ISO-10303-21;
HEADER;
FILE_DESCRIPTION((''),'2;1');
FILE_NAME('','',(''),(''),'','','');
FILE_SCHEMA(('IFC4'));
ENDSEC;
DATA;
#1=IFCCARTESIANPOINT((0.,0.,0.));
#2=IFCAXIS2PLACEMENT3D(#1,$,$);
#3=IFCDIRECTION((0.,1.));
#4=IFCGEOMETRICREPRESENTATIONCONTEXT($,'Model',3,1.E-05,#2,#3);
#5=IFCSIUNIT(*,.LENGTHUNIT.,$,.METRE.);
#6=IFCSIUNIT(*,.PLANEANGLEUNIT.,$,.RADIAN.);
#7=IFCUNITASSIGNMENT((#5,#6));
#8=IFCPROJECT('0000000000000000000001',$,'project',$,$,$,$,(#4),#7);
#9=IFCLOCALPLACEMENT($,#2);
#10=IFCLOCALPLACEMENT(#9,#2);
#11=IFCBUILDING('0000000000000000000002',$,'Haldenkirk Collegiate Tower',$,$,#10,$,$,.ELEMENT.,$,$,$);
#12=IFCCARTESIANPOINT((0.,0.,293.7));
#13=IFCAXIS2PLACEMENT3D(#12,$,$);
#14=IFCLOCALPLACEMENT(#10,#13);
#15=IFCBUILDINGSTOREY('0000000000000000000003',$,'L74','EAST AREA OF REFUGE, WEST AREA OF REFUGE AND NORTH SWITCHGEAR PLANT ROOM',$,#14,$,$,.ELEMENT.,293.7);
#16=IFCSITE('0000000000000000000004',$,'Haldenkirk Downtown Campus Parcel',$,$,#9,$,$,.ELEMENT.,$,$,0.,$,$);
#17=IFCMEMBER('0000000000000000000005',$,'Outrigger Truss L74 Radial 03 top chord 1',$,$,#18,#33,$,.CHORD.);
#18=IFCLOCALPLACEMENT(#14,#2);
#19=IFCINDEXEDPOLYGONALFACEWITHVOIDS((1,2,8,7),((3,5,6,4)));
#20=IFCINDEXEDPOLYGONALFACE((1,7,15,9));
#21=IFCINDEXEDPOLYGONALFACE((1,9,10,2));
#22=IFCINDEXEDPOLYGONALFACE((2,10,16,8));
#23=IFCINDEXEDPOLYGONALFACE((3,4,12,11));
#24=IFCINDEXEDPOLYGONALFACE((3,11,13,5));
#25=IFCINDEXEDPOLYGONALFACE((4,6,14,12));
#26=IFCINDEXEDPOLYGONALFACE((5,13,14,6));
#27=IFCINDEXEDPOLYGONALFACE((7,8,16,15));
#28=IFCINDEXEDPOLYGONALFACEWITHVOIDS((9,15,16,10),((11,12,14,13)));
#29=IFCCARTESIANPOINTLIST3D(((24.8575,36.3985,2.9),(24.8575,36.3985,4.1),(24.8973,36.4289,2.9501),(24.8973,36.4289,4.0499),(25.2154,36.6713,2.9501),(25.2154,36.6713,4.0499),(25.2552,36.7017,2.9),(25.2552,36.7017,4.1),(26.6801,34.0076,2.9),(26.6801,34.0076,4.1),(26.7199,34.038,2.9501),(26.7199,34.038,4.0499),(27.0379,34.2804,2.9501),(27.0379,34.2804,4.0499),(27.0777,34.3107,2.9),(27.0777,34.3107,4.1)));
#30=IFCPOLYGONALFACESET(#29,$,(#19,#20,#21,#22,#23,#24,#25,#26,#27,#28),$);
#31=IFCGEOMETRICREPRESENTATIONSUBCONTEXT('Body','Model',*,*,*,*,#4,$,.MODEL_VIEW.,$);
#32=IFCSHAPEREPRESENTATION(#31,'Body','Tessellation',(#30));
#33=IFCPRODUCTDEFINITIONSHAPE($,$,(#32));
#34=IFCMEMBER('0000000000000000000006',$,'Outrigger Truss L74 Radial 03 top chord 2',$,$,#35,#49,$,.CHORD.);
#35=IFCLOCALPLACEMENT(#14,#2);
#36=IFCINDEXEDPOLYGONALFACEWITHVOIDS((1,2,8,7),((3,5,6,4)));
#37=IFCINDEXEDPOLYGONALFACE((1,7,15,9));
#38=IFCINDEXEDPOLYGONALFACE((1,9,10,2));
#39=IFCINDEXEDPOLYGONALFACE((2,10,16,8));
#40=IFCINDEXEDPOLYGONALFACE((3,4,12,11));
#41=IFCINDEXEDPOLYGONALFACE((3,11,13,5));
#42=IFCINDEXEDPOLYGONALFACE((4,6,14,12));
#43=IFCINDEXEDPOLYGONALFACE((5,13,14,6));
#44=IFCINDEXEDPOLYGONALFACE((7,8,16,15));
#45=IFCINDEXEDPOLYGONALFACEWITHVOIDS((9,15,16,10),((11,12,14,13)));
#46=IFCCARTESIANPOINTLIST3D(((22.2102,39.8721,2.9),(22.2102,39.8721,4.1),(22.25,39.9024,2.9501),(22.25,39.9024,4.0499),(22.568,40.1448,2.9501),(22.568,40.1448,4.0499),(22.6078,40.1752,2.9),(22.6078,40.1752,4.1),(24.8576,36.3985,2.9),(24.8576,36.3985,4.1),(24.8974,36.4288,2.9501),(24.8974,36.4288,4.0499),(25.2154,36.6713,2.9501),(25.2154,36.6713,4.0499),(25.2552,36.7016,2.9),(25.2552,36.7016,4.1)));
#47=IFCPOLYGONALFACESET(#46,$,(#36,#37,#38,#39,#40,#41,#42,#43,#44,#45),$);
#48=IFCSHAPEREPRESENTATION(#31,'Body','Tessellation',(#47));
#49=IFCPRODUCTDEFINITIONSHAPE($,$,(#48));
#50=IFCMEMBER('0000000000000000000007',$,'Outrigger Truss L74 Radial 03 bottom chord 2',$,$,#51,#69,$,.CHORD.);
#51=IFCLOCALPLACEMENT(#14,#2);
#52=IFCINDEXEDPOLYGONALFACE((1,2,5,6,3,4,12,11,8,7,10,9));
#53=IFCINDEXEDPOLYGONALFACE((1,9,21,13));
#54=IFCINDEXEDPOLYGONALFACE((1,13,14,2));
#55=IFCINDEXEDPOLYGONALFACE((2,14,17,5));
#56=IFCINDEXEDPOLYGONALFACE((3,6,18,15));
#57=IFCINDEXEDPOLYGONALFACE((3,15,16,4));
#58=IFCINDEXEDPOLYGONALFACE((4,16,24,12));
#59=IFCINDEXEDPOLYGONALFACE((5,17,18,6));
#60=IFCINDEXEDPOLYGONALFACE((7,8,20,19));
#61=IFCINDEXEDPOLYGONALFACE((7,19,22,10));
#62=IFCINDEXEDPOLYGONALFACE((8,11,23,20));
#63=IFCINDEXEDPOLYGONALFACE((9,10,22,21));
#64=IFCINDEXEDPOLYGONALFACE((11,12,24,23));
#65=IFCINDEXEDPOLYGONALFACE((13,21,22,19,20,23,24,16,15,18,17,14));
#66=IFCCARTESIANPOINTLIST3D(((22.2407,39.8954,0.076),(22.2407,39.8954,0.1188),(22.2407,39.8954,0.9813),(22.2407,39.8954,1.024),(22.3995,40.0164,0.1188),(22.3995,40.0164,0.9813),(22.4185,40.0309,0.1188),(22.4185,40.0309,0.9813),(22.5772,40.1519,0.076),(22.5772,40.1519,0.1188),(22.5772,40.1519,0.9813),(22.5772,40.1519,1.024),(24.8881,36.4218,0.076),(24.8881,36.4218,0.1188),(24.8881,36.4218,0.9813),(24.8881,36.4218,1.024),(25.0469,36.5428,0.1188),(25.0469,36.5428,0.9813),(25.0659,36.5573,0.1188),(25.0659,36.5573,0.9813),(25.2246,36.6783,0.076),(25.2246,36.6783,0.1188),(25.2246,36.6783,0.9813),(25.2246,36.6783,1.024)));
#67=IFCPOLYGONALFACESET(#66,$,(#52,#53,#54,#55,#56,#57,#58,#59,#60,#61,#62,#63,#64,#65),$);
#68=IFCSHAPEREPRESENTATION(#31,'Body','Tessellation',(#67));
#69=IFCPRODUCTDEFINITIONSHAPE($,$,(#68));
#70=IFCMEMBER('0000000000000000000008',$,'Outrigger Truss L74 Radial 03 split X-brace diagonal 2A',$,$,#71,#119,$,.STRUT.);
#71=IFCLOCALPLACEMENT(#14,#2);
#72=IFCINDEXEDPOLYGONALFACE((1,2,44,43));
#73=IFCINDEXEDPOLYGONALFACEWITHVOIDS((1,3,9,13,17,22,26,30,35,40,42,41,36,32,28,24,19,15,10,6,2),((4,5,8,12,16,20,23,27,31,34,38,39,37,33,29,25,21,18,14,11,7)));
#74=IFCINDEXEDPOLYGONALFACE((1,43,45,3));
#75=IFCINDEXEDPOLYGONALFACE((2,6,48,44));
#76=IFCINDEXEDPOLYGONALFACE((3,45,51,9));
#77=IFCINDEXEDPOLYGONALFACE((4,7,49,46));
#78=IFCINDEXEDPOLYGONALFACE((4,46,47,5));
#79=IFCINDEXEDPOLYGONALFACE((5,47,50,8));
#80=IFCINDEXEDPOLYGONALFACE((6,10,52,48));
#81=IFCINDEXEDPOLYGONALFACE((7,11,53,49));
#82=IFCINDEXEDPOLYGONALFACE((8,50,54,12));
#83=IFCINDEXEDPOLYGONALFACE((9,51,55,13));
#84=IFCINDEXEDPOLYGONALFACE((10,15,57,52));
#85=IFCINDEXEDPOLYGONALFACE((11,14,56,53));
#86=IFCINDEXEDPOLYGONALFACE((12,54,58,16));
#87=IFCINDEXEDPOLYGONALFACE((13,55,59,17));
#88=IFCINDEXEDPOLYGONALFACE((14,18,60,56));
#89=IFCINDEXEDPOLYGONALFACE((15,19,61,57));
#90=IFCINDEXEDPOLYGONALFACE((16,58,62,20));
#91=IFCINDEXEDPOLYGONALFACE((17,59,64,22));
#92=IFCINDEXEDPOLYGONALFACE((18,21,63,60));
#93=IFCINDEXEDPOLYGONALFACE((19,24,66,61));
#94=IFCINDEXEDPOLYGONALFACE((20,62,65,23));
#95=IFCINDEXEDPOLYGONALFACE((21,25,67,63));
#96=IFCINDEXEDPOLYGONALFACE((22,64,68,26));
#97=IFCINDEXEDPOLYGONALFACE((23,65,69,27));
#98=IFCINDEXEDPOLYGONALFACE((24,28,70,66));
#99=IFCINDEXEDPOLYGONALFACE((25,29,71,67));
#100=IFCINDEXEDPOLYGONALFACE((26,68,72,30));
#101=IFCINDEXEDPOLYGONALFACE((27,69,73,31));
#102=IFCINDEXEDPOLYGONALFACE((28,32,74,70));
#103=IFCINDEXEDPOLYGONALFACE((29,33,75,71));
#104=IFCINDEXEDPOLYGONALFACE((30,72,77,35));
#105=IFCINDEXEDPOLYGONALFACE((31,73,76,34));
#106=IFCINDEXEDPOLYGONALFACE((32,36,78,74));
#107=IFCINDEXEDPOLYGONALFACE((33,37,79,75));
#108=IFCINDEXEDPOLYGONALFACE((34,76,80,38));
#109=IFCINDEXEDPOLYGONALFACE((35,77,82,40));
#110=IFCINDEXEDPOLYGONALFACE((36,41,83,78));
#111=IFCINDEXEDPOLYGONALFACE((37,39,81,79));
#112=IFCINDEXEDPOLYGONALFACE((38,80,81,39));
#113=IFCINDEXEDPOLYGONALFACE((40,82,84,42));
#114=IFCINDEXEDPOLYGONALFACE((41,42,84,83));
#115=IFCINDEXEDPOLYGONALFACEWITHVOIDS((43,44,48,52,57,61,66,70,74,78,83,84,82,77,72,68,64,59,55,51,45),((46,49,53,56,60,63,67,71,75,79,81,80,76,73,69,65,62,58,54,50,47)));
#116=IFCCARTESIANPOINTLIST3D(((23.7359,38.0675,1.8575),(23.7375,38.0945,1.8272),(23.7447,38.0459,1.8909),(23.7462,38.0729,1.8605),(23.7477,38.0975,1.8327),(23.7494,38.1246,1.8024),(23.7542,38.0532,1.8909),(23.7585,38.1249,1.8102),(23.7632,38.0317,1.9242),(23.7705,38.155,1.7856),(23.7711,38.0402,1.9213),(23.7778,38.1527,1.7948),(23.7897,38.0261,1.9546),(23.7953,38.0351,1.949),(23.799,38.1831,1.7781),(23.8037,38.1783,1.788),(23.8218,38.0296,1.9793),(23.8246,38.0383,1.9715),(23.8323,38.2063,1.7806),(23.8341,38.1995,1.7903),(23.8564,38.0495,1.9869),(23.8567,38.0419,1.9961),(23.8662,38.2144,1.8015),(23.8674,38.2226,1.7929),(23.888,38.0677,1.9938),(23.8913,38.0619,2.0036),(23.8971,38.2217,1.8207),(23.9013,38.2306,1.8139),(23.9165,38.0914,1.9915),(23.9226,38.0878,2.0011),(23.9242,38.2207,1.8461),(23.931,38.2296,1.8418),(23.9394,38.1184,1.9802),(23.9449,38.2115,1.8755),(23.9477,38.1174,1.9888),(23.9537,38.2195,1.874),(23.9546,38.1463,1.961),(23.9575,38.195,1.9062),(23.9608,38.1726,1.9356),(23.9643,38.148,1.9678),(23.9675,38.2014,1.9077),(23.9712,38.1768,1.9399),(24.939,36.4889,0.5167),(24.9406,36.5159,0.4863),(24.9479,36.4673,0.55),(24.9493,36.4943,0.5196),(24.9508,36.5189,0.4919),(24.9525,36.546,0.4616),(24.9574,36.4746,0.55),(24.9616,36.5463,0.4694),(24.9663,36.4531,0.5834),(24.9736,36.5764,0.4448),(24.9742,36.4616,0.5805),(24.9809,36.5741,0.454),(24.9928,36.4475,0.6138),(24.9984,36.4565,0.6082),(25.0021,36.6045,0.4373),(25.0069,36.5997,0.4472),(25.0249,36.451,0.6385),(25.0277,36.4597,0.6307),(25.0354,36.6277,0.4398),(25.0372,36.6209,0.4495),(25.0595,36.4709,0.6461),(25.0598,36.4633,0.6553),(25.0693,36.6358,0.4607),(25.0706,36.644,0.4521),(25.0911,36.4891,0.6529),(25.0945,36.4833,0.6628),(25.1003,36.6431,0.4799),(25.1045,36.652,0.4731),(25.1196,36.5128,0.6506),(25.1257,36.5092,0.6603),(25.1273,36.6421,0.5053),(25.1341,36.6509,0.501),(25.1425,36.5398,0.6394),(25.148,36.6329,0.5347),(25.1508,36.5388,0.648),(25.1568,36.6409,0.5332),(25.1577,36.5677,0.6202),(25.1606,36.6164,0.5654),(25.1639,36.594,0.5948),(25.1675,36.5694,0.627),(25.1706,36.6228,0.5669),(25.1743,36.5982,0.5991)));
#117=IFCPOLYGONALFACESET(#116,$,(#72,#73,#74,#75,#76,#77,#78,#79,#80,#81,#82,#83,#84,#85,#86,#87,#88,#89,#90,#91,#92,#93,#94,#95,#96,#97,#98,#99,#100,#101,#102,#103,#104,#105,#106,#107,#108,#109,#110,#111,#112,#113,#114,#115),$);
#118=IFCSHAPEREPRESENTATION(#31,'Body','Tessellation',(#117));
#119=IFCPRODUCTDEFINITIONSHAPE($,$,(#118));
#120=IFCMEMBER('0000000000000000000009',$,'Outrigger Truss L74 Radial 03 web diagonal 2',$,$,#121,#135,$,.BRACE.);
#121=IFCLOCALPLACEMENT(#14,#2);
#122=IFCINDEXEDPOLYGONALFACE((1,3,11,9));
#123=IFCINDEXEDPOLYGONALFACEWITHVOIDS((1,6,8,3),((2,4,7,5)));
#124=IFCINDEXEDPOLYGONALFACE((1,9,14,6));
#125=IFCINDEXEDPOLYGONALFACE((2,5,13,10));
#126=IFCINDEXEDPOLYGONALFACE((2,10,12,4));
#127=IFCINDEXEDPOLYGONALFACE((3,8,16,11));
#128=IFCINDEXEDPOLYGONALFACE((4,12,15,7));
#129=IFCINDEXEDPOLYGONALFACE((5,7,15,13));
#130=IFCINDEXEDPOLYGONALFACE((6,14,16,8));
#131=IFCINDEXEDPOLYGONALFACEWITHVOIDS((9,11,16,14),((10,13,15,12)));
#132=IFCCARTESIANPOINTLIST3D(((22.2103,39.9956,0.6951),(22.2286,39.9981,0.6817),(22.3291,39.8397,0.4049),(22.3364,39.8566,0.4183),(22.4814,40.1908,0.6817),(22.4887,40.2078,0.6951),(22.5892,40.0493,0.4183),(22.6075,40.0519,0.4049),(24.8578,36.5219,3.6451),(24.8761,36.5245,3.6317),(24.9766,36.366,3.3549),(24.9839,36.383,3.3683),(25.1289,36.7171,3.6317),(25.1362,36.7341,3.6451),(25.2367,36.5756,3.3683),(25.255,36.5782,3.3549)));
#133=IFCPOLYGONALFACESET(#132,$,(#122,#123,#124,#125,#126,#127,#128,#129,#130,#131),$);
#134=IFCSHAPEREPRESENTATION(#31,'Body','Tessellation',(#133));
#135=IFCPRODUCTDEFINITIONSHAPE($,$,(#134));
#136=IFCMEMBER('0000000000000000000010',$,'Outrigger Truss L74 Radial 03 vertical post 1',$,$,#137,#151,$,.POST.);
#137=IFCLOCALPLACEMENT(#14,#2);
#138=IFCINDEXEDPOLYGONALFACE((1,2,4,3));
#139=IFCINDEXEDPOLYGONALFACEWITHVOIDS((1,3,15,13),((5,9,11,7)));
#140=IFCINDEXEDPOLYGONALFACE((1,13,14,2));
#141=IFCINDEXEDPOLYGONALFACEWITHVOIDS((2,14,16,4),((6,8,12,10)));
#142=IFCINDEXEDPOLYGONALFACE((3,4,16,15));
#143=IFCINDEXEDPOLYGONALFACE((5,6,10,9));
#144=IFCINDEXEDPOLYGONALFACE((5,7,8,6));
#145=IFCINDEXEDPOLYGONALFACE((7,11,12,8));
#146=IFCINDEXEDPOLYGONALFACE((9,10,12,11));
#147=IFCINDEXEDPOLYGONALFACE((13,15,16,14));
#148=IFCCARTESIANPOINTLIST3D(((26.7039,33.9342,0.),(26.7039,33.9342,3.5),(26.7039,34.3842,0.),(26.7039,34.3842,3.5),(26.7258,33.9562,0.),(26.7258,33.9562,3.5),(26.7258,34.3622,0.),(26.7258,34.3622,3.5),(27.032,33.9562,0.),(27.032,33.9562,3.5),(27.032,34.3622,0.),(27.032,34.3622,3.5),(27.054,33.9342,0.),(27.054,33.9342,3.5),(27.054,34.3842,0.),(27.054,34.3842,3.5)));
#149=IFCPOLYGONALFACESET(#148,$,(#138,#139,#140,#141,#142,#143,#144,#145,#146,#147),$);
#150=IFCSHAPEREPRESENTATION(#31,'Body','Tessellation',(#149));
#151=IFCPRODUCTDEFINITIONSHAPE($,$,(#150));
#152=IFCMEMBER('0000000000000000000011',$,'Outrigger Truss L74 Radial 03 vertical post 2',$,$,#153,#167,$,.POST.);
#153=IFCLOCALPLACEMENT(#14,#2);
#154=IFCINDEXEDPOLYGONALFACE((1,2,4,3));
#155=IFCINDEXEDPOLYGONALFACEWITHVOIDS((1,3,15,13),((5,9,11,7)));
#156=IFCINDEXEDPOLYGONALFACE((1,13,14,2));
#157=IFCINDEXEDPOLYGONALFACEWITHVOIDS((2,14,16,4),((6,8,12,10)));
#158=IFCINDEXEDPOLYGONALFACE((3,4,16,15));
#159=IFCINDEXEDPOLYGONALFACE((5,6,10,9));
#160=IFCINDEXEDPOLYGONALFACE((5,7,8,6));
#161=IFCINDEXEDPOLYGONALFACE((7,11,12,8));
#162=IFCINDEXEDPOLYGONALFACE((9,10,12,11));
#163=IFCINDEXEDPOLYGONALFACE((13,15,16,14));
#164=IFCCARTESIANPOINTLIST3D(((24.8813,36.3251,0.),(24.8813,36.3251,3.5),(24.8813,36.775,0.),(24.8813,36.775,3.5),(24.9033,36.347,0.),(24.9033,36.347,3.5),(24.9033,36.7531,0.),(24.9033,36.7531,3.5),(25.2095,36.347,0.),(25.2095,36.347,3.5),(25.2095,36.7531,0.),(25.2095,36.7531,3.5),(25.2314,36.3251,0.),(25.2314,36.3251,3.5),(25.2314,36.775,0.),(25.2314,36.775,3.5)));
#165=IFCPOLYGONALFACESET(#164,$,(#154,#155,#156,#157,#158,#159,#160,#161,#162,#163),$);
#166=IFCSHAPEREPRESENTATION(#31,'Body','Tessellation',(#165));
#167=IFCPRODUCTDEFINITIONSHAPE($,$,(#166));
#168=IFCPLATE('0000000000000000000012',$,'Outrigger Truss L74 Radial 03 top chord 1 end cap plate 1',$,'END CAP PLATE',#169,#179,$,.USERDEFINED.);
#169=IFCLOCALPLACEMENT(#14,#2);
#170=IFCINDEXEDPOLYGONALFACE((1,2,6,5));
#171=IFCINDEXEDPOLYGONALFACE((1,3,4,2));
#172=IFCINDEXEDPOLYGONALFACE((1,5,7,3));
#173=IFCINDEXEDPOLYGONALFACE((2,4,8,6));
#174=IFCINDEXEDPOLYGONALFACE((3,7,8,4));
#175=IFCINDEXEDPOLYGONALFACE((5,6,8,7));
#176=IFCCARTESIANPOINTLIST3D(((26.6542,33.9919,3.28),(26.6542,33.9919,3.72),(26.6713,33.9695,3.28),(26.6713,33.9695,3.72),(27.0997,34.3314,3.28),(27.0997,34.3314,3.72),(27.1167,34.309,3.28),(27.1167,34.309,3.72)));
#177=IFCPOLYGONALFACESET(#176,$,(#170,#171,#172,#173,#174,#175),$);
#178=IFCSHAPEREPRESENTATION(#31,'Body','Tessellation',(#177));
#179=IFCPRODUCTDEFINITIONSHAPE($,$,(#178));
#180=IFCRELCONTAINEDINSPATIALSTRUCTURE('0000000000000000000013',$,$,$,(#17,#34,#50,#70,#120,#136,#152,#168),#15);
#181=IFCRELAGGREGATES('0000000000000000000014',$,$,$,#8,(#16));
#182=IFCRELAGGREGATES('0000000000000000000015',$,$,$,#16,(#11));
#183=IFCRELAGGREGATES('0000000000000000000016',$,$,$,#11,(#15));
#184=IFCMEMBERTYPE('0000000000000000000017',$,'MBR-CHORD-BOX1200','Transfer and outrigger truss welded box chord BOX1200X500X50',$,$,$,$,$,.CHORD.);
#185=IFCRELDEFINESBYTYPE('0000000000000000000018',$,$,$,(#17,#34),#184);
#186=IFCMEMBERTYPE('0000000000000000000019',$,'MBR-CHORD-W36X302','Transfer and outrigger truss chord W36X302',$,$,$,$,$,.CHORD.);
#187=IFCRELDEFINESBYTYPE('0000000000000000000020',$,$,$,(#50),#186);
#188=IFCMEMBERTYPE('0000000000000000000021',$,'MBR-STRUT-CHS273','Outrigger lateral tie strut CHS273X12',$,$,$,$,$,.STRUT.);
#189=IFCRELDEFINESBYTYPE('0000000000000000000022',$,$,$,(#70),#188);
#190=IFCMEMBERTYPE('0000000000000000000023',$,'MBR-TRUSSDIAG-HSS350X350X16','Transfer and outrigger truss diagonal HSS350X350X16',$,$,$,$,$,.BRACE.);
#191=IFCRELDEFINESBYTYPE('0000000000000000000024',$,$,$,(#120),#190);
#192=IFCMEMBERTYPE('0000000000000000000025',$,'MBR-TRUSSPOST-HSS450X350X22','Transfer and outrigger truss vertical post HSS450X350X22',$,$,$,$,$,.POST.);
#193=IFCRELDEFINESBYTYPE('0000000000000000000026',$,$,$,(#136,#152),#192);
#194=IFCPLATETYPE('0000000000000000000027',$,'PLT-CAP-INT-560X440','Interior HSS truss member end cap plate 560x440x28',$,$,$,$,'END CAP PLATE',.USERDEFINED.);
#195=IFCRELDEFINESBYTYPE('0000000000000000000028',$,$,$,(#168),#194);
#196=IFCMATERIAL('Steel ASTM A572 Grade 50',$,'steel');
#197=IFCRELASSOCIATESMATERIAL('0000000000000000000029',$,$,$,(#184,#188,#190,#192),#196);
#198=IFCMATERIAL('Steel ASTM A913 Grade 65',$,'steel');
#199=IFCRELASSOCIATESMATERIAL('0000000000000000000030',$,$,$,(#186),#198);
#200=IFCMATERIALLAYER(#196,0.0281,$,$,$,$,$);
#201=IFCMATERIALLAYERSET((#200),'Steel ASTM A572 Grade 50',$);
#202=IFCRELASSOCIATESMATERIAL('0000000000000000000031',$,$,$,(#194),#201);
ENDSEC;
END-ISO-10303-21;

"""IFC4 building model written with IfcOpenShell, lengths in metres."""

from ifc_helpers import new_model, si_unit, direction, frame, origin, origin_2d, place, context, subcontext, project, spatial, rectangle, hollow_rectangle, hollow_circle, i_section, extrude, source, transform, mapped, material, layer, layer_set, material_profile, profile_set, type_object, element, save


model = new_model("IFC4")

# Units and contexts
model_context = context("Model", 3, precision=1e-05, world=origin(), true_north=direction((0.0, 1.0)))
body_context = subcontext(model_context, "Body", "Model", "MODEL_VIEW")
ifc_project = project(units=[si_unit("LENGTHUNIT", "METRE"), si_unit("PLANEANGLEUNIT", "RADIAN")], contexts=[model_context])

# Site, building, storey
site_placement = place(None, origin())
site = spatial("IfcSite", under=ifc_project, at=site_placement, Name="Haldenkirk Downtown Campus Parcel", CompositionType="ELEMENT", RefElevation=0.0)
building_placement = place(site_placement, origin())
building = spatial("IfcBuilding", under=site, at=building_placement, Name="Haldenkirk Collegiate Tower", CompositionType="ELEMENT")
storey_placement = place(building_placement, frame((0.0, 0.0, 293.7)))
storey = spatial("IfcBuildingStorey", under=building, at=storey_placement, Name="L74", Description="EAST AREA OF REFUGE, WEST AREA OF REFUGE AND NORTH SWITCHGEAR PLANT ROOM", CompositionType="ELEMENT", Elevation=293.7)

# Members
ifc_material_1 = material(Name="Steel ASTM A572 Grade 50", Category="steel")
ifc_material_profile_1 = material_profile(ifc_material_1, hollow_rectangle(XDim=0.5, YDim=1.2, WallThickness=0.05, at=origin_2d()), Name="BOX1200X500X50")
ifc_profile_set_1 = profile_set([ifc_material_profile_1], Name="Steel ASTM A572 Grade 50")
member_type_1 = type_object("IfcMemberType", Name="MBR-CHORD-BOX1200", Description="Transfer and outrigger truss welded box chord BOX1200X500X50", PredefinedType="CHORD", material=ifc_profile_set_1)
member_1_placement = place(storey_placement, frame((26.8789, 34.1592, 3.5), z_axis=(-0.606232, 0.795288, 0.0), x_axis=(-0.795288, -0.606232, 0.0)))
element("IfcMember", 1, at=member_1_placement, inside=storey, type_object=member_type_1, Name="Outrigger Truss L74 Radial 03 top chord 1", PredefinedType="CHORD", context=body_context, shape_type="SweptSolid", body=[
    extrude(hollow_rectangle(XDim=0.5, YDim=1.2, WallThickness=0.05, at=origin_2d()), origin(), (0.0, 0.0, 1.0), 3.0063),
])
member_2_placement = place(storey_placement, frame((25.0564, 36.55, 3.5), z_axis=(-0.606171, 0.795334, 0.0), x_axis=(-0.795334, -0.606171, 0.0)))
element("IfcMember", 2, at=member_2_placement, inside=storey, type_object=member_type_1, Name="Outrigger Truss L74 Radial 03 top chord 2", PredefinedType="CHORD", context=body_context, shape_type="SweptSolid", body=[
    extrude(hollow_rectangle(XDim=0.5, YDim=1.2, WallThickness=0.05, at=origin_2d()), origin(), (0.0, 0.0, 1.0), 4.3674),
])
ifc_material_2 = material(Name="Steel ASTM A913 Grade 65", Category="steel")
ifc_material_profile_2 = material_profile(ifc_material_2, i_section(OverallWidth=0.4231, OverallDepth=0.948, WebThickness=0.0239, FlangeThickness=0.0427, at=origin_2d()), Name="W36X302")
ifc_profile_set_2 = profile_set([ifc_material_profile_2], Name="Steel ASTM A913 Grade 65")
member_type_2 = type_object("IfcMemberType", Name="MBR-CHORD-W36X302", Description="Transfer and outrigger truss chord W36X302", PredefinedType="CHORD", material=ifc_profile_set_2)
member_3_placement = place(storey_placement, frame((25.0564, 36.55, 0.55), z_axis=(-0.606171, 0.795334, 0.0), x_axis=(-0.795334, -0.606171, 0.0)))
element("IfcMember", 3, at=member_3_placement, inside=storey, type_object=member_type_2, Name="Outrigger Truss L74 Radial 03 bottom chord 2", PredefinedType="CHORD", context=body_context, shape_type="SweptSolid", body=[
    extrude(i_section(OverallWidth=0.4231, OverallDepth=0.948, WebThickness=0.0239, FlangeThickness=0.0427, at=origin_2d()), origin(), (0.0, 0.0, 1.0), 4.3674),
])
ifc_material_profile_3 = material_profile(ifc_material_1, hollow_circle(Radius=0.1365, WallThickness=0.012, at=origin_2d()), Name="CHS273X12")
ifc_profile_set_3 = profile_set([ifc_material_profile_3], Name="Steel ASTM A572 Grade 50")
member_type_3 = type_object("IfcMemberType", Name="MBR-STRUT-CHS273", Description="Outrigger lateral tie strut CHS273X12", PredefinedType="STRUT", material=ifc_profile_set_3)
member_4_placement = place(storey_placement, frame((25.0564, 36.55, 0.55), z_axis=(-0.502292, 0.659054, 0.559778), x_axis=(-0.795341, -0.606162, 0.0)))
element("IfcMember", 4, at=member_4_placement, inside=storey, type_object=member_type_3, Name="Outrigger Truss L74 Radial 03 split X-brace diagonal 2A", PredefinedType="STRUT", context=body_context, shape_type="SweptSolid", body=[
    extrude(hollow_circle(Radius=0.1365, WallThickness=0.012, at=origin_2d()), origin(), (0.0, 0.0, 1.0), 2.3953),
])
ifc_material_profile_4 = material_profile(ifc_material_1, hollow_rectangle(XDim=0.3501, YDim=0.3501, WallThickness=0.0161, at=origin_2d()), Name="HSS350X350X16")
ifc_profile_set_4 = profile_set([ifc_material_profile_4], Name="Steel ASTM A572 Grade 50")
member_type_4 = type_object("IfcMemberType", Name="MBR-TRUSSDIAG-HSS350X350X16", Description="Transfer and outrigger truss diagonal HSS350X350X16", PredefinedType="BRACE", material=ifc_profile_set_4)
member_5_placement = place(storey_placement, frame((25.0564, 36.55, 3.5), z_axis=(-0.502324, 0.65908, -0.559718), x_axis=(-0.795334, -0.606171, 0.0)))
element("IfcMember", 5, at=member_5_placement, inside=storey, type_object=member_type_4, Name="Outrigger Truss L74 Radial 03 web diagonal 2", PredefinedType="BRACE", context=body_context, shape_type="SweptSolid", body=[
    extrude(hollow_rectangle(XDim=0.3501, YDim=0.3501, WallThickness=0.0161, at=origin_2d()), origin(), (0.0, 0.0, 1.0), 5.2705),
])
ifc_material_profile_5 = material_profile(ifc_material_1, hollow_rectangle(XDim=0.3501, YDim=0.45, WallThickness=0.022, at=origin_2d()), Name="HSS450X350X22")
ifc_profile_set_5 = profile_set([ifc_material_profile_5], Name="Steel ASTM A572 Grade 50")
member_type_5 = type_object("IfcMemberType", Name="MBR-TRUSSPOST-HSS450X350X22", Description="Transfer and outrigger truss vertical post HSS450X350X22", PredefinedType="POST", material=ifc_profile_set_5)
for number, where, z_axis, x_axis, name in (
    (6, (26.8789, 34.1592, 0.0), (0.0, 0.0, 1.0), (1.0, 0.0, 0.0), "Outrigger Truss L74 Radial 03 vertical post 1"),
    (7, (25.0564, 36.55, 0.0), (0.0, 0.0, 1.0), (1.0, 0.0, 0.0), "Outrigger Truss L74 Radial 03 vertical post 2"),
):
    element("IfcMember", number, at=place(storey_placement, frame(where, z_axis=z_axis, x_axis=x_axis)), inside=storey, type_object=member_type_5, Name=name, PredefinedType="POST", context=body_context, shape_type="SweptSolid", body=[
        extrude(hollow_rectangle(XDim=0.3501, YDim=0.45, WallThickness=0.022, at=origin_2d()), origin(), (0.0, 0.0, 1.0), 3.5),
    ])

# Plate
ifc_layer_1 = layer(ifc_material_1, 0.0281)
ifc_layer_set_1 = layer_set([ifc_layer_1], Name="Steel ASTM A572 Grade 50")
plate_type_1 = type_object("IfcPlateType", Name="PLT-CAP-INT-560X440", Description="Interior HSS truss member end cap plate 560x440x28", ElementType="END CAP PLATE", PredefinedType="USERDEFINED", material=ifc_layer_set_1)
shared_shape_1 = source(origin(), body_context, "Body", "SweptSolid", [
    extrude(rectangle(XDim=0.5601, YDim=0.4399, at=origin_2d()), origin(), (0.0, 0.0, 1.0), 0.0281),
])
for number, where, z_axis, x_axis, name in (
    (8, (26.877, 34.1616, 3.5), (0.606183, -0.795325, 0.0), (0.795325, 0.606183, 0.0), "Outrigger Truss L74 Radial 03 top chord 1 end cap plate 1"),
):
    element("IfcPlate", number, at=place(storey_placement, frame(where, z_axis=z_axis, x_axis=x_axis)), inside=storey, type_object=plate_type_1, Name=name, ObjectType="END CAP PLATE", PredefinedType="USERDEFINED", context=body_context, shape_type="MappedRepresentation", body=[
        mapped(shared_shape_1, transform((0.0, 0.0, 0.0), x_axis=(1.0, 0.0, 0.0), y_axis=(0.0, 1.0, 0.0), z_axis=(0.0, 0.0, 1.0), scale=1.0)),
    ])

save(model, "model.ifc")
